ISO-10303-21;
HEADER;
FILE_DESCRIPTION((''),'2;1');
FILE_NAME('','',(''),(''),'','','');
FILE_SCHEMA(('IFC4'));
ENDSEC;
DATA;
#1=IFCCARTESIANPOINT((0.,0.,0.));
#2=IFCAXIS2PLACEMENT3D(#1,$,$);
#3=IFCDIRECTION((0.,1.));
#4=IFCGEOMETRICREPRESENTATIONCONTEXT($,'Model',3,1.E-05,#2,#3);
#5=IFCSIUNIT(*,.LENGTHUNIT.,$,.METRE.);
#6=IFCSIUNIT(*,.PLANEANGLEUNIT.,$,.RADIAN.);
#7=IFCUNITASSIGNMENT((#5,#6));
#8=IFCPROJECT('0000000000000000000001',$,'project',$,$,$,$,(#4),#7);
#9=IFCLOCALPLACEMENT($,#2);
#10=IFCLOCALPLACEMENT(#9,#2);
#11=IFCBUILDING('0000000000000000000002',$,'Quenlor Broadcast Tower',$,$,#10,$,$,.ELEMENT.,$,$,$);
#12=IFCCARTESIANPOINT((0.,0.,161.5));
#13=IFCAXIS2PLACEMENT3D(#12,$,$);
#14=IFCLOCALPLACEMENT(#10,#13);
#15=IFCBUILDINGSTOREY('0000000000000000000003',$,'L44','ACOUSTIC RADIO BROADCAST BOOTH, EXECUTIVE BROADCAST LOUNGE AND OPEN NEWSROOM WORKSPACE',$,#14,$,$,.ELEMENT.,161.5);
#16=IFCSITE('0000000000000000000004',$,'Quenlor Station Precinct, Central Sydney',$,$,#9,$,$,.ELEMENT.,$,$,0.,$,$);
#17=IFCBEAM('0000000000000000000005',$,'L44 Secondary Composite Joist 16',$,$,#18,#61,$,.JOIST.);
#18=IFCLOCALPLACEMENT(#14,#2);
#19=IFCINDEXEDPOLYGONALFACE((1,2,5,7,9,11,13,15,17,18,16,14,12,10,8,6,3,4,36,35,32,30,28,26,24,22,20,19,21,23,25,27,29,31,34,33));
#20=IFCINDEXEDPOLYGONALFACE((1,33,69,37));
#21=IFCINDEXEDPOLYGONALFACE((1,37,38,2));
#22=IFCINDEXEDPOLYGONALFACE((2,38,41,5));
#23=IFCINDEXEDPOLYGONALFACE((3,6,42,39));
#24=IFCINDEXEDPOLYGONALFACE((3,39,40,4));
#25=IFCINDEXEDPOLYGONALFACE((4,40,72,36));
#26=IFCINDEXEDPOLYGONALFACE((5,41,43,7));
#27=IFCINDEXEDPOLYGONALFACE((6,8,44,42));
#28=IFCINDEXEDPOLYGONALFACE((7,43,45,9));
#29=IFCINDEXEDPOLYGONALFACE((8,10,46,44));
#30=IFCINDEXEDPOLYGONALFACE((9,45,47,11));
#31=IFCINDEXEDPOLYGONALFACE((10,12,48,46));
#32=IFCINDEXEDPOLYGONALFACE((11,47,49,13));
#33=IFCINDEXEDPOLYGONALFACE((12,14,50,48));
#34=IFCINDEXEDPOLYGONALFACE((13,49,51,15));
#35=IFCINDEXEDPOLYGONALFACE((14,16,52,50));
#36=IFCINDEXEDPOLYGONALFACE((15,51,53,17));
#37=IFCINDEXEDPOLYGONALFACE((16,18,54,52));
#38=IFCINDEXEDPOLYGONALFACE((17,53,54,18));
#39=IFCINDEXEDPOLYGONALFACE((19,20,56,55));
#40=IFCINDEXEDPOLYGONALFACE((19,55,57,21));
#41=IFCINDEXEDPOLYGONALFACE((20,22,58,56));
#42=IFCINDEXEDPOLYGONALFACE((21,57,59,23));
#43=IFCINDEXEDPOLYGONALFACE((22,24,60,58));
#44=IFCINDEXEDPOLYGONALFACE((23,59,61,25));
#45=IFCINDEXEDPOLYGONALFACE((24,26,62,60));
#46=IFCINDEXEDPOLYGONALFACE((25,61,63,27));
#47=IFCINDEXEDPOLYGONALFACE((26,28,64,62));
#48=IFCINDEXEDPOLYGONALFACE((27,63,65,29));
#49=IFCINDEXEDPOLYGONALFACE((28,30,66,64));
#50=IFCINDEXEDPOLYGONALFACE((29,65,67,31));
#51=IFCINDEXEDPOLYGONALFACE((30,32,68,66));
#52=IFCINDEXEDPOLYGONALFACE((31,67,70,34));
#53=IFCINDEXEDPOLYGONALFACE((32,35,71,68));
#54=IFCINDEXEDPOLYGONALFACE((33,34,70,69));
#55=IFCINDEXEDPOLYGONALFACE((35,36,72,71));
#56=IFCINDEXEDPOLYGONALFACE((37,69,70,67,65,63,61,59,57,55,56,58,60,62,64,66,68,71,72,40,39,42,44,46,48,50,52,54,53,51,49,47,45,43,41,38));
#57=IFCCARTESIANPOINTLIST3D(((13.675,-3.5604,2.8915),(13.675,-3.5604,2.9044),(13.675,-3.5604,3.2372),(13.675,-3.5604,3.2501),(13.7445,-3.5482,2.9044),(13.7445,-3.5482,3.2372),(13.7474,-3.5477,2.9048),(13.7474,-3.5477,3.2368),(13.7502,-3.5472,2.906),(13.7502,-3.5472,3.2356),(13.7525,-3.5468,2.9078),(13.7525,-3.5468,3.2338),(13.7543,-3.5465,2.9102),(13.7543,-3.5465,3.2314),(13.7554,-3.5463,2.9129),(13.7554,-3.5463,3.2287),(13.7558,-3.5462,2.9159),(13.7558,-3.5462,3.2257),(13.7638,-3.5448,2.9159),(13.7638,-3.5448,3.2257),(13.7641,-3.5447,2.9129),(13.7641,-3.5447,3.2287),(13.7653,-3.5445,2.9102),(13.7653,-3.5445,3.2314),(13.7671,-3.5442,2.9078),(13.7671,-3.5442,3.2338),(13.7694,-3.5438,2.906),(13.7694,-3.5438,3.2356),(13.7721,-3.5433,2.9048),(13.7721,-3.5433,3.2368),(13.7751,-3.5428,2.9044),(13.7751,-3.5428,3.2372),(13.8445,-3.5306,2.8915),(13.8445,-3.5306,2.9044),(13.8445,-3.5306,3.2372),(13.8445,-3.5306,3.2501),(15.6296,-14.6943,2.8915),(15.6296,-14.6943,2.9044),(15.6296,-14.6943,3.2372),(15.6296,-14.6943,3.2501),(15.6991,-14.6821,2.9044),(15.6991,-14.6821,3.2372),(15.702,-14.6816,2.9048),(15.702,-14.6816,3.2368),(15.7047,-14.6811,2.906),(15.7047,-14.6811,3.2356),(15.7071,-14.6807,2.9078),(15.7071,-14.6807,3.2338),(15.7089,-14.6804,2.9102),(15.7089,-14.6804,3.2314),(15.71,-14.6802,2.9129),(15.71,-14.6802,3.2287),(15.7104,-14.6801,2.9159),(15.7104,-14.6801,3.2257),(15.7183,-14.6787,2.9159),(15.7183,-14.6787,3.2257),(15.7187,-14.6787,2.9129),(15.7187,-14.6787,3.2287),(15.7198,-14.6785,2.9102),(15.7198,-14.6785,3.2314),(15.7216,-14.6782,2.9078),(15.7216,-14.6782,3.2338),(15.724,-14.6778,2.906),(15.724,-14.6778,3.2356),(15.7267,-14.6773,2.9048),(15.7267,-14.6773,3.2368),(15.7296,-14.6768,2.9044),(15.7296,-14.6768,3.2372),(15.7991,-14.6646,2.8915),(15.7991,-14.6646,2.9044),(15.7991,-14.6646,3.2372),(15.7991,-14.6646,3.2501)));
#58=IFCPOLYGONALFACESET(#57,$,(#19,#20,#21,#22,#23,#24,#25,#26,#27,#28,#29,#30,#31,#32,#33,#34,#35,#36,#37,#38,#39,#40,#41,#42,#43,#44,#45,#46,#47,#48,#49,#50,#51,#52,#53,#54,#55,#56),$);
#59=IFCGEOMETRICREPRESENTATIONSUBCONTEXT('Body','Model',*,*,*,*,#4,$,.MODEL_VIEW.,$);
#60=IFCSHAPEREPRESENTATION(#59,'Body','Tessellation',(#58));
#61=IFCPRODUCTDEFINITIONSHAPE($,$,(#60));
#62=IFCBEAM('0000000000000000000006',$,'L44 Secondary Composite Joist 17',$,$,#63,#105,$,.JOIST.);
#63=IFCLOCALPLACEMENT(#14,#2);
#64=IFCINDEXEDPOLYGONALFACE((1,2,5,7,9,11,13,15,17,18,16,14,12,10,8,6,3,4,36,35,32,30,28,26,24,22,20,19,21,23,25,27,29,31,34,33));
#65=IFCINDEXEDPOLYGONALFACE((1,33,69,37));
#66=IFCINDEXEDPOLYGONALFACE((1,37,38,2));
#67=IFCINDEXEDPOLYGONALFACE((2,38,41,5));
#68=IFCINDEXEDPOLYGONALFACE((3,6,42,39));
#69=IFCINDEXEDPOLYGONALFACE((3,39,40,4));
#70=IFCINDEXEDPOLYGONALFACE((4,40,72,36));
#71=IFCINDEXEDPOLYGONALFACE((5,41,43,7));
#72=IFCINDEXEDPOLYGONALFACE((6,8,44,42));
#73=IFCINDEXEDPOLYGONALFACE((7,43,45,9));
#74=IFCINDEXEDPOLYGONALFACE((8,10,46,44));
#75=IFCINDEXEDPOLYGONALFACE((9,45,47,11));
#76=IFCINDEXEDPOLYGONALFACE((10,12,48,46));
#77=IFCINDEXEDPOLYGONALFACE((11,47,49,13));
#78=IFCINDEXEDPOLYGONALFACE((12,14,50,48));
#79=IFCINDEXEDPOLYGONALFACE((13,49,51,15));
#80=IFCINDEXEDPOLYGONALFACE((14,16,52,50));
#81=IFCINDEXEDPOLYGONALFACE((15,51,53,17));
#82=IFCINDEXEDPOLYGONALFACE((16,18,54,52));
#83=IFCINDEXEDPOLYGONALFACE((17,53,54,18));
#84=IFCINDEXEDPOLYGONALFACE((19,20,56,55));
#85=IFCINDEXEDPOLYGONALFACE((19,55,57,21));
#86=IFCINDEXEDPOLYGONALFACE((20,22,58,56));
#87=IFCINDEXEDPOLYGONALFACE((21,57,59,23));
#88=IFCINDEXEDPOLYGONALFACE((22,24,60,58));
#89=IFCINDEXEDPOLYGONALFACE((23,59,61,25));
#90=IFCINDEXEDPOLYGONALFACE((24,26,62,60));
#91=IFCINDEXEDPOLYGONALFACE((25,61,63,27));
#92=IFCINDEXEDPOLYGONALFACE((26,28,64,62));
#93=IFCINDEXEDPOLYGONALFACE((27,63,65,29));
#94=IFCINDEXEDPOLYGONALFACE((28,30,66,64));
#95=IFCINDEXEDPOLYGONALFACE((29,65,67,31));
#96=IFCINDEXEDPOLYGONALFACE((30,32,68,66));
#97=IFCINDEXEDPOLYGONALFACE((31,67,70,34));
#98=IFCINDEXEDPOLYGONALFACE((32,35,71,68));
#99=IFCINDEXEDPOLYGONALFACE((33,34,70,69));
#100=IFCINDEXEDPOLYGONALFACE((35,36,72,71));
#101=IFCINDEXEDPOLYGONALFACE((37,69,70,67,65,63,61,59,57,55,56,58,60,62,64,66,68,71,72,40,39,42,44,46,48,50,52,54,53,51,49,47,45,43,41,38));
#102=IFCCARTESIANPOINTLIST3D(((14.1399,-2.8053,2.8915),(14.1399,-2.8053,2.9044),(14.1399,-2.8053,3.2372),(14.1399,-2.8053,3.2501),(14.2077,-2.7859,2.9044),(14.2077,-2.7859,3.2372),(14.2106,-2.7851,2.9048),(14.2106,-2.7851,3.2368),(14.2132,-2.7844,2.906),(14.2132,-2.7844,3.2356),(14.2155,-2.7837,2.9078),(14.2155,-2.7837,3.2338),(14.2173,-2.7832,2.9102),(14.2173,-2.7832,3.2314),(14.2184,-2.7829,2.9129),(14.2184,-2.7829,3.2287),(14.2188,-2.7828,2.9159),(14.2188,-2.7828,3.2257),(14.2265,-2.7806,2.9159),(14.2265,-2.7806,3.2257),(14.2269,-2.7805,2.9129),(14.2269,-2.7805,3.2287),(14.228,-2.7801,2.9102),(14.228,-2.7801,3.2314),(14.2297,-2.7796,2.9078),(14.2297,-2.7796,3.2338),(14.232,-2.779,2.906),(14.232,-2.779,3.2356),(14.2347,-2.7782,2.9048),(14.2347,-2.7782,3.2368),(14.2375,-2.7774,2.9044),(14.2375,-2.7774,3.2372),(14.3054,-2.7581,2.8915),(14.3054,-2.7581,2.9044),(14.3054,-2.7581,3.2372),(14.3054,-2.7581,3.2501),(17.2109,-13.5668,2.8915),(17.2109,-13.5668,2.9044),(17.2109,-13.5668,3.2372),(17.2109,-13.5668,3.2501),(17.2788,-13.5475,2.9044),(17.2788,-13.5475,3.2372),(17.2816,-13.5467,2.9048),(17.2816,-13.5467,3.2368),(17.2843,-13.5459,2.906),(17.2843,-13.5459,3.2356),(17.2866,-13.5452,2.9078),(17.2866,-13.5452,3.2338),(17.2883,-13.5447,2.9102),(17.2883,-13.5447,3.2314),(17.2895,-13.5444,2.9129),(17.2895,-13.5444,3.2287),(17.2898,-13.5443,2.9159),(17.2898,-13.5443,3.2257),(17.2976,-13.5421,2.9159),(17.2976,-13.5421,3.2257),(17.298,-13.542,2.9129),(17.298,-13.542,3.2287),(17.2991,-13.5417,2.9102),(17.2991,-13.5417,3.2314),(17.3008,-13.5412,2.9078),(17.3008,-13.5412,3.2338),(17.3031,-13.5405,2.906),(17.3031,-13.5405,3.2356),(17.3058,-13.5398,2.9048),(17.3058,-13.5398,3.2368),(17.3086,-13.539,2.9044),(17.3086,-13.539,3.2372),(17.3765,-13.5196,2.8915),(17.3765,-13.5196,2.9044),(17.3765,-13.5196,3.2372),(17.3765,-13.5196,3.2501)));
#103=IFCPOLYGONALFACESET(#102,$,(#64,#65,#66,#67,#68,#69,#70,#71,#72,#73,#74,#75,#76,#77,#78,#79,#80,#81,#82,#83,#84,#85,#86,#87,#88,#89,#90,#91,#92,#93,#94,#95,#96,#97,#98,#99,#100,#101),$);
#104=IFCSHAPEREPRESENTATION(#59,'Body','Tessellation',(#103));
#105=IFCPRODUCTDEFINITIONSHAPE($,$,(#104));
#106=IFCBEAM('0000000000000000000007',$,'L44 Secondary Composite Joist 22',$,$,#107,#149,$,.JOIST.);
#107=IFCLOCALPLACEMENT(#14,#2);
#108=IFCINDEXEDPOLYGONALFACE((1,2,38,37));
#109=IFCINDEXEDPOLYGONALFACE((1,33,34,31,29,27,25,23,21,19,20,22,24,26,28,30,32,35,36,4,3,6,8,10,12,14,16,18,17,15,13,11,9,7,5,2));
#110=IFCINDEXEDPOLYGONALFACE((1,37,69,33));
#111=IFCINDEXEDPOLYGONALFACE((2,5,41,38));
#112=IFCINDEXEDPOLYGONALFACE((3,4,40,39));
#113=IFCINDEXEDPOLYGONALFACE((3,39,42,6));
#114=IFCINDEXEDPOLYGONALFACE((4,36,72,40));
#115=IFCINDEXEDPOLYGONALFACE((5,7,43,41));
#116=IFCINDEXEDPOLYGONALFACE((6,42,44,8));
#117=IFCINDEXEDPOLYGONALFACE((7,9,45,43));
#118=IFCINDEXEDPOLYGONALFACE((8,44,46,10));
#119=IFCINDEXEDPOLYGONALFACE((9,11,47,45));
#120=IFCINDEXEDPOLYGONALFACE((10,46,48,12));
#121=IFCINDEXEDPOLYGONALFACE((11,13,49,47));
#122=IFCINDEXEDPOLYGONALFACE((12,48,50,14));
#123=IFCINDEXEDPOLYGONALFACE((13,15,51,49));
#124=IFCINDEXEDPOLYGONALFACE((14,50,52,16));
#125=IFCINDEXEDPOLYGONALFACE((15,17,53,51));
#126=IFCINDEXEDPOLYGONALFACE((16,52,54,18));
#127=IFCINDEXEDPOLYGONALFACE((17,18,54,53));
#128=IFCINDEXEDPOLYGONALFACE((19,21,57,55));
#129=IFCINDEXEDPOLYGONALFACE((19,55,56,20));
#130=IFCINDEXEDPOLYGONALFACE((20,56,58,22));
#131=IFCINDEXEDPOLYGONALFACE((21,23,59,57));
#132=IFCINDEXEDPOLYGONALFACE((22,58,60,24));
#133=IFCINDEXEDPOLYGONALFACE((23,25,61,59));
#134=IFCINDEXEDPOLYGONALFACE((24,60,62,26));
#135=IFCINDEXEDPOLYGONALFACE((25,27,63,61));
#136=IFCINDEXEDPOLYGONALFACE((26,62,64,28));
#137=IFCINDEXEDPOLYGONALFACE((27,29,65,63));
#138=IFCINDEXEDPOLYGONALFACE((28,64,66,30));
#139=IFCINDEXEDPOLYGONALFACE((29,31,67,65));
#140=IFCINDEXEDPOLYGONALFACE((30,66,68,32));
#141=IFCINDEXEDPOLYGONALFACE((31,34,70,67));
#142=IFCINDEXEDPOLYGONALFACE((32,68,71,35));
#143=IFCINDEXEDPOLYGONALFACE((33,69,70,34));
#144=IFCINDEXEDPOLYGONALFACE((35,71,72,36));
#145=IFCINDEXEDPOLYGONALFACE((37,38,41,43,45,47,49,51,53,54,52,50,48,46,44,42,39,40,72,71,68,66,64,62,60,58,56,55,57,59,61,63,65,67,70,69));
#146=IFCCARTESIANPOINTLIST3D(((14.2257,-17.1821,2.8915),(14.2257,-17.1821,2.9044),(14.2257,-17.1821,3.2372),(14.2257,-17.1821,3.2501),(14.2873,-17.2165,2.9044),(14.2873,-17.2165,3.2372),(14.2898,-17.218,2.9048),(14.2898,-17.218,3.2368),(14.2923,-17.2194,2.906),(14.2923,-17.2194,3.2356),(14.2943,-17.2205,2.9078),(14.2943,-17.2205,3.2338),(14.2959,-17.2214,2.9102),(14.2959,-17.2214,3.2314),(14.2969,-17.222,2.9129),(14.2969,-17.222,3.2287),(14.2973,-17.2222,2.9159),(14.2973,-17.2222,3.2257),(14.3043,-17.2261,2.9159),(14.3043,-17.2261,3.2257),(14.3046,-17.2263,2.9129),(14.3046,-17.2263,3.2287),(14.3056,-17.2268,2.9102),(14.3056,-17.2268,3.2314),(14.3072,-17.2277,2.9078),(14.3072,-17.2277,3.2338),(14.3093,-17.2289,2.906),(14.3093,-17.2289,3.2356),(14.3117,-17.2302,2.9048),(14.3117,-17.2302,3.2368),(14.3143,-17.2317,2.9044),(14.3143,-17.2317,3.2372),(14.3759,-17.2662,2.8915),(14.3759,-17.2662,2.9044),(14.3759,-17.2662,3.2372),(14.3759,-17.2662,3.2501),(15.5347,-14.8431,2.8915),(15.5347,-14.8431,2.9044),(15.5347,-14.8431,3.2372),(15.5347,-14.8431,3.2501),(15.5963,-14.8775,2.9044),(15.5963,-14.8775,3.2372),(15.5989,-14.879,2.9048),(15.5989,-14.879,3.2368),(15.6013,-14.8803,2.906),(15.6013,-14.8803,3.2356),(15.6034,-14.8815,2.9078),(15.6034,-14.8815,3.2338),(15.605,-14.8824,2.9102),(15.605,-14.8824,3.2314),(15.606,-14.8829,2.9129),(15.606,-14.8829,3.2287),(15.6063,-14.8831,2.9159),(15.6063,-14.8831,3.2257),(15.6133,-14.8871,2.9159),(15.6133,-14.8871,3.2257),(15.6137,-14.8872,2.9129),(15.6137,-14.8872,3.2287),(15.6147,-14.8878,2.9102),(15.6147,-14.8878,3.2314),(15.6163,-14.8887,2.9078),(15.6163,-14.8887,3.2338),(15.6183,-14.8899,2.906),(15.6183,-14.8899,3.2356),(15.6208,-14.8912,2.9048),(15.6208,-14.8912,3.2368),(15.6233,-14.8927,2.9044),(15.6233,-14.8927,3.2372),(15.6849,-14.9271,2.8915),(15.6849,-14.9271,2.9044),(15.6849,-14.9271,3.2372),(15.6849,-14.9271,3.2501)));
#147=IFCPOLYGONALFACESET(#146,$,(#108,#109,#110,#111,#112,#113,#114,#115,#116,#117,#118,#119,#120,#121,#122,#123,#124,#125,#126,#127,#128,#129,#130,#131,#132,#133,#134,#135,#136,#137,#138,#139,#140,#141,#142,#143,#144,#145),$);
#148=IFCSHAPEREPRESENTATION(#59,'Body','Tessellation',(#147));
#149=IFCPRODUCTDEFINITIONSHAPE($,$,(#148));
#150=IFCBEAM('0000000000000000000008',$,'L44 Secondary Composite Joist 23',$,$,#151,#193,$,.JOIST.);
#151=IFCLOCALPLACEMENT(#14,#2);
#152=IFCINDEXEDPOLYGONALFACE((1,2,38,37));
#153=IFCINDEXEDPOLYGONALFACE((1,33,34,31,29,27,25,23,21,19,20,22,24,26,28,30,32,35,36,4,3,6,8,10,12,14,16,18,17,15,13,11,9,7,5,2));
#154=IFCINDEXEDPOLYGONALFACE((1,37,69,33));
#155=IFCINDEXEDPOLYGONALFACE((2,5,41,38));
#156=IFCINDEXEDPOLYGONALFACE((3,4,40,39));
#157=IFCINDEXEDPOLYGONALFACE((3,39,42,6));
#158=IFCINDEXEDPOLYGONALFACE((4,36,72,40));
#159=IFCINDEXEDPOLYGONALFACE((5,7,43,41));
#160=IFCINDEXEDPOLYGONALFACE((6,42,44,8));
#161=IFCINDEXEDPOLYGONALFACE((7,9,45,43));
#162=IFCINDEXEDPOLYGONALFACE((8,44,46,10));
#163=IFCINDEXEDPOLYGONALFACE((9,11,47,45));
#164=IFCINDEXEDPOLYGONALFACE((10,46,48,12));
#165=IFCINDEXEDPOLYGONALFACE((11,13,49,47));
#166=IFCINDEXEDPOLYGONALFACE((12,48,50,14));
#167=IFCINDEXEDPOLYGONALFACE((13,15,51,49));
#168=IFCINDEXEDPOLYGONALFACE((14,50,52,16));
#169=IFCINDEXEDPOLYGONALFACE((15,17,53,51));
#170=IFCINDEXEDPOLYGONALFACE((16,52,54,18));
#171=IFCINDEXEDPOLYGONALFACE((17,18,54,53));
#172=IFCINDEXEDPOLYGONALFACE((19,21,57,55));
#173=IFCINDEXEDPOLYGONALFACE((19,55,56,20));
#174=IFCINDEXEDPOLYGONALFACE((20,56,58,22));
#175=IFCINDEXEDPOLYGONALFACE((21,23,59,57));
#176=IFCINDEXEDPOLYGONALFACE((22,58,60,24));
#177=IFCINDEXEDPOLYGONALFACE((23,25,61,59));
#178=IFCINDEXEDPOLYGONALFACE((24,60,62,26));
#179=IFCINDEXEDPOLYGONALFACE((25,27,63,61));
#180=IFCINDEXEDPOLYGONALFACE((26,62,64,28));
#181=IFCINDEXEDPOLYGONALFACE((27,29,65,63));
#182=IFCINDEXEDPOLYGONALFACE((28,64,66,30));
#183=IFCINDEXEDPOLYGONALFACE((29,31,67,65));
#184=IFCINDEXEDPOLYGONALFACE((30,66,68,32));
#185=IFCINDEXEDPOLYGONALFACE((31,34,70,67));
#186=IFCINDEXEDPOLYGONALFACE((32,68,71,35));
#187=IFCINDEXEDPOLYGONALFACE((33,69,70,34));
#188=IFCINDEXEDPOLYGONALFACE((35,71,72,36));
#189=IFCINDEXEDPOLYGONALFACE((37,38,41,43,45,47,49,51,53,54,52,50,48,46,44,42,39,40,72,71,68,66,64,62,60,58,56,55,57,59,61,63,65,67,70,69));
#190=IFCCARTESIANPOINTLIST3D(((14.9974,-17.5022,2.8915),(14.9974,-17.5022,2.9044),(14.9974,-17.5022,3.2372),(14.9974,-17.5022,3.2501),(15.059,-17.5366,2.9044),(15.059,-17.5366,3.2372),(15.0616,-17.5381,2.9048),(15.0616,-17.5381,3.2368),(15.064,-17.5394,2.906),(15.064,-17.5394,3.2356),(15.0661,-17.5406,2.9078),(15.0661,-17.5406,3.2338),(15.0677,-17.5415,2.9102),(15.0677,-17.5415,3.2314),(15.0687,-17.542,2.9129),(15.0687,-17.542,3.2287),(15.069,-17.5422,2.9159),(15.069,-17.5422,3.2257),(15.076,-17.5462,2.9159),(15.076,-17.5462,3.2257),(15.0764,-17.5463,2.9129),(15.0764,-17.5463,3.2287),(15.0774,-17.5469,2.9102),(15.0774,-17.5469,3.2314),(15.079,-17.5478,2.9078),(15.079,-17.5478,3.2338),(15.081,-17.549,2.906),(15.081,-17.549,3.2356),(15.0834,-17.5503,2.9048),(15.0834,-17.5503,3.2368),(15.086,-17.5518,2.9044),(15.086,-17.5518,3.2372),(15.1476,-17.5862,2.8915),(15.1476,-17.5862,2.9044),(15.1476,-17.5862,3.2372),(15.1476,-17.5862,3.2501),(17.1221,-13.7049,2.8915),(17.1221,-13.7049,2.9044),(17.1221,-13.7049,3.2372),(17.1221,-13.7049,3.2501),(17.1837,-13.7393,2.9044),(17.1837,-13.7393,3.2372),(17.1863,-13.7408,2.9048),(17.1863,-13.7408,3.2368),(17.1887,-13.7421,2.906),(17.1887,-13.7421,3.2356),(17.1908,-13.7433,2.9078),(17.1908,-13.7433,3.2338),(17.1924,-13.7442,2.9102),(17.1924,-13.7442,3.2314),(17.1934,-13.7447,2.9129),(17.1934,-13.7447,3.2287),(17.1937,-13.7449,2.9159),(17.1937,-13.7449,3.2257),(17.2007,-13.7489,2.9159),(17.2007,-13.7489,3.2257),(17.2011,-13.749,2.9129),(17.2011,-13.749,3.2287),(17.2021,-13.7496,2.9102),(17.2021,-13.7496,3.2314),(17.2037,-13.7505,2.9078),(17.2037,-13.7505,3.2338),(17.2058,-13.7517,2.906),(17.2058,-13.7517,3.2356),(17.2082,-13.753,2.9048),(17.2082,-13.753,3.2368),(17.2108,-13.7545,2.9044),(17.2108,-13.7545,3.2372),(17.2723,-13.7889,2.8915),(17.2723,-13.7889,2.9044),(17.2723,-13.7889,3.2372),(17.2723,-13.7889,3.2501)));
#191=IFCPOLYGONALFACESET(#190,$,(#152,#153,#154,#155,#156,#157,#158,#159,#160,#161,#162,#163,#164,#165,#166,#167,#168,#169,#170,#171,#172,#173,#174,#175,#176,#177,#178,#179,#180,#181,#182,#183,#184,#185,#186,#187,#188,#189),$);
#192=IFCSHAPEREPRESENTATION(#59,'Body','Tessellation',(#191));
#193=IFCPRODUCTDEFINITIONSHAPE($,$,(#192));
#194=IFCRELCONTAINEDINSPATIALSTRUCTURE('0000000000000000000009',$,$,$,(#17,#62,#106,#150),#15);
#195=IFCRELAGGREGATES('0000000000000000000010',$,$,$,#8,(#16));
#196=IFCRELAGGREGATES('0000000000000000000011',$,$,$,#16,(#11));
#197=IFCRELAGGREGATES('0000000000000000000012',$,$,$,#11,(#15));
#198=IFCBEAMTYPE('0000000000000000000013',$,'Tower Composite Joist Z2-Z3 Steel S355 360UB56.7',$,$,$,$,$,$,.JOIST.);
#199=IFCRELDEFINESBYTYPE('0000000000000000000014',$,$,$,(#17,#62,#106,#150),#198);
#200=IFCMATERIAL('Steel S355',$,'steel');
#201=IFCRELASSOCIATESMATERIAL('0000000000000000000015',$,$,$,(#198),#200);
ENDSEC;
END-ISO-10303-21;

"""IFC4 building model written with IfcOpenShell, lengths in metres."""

from ifc_helpers import new_model, si_unit, direction, frame, origin, origin_2d, place, context, subcontext, project, spatial, i_section, extrude, material, material_profile, profile_set, type_object, element, save


model = new_model("IFC4")

# Units and contexts
model_context = context("Model", 3, precision=1e-05, world=origin(), true_north=direction((0.0, 1.0)))
body_context = subcontext(model_context, "Body", "Model", "MODEL_VIEW")
ifc_project = project(units=[si_unit("LENGTHUNIT", "METRE"), si_unit("PLANEANGLEUNIT", "RADIAN")], contexts=[model_context])

# Site, building, storey
site_placement = place(None, origin())
site = spatial("IfcSite", under=ifc_project, at=site_placement, Name="Quenlor Station Precinct, Central Sydney", CompositionType="ELEMENT", RefElevation=0.0)
building_placement = place(site_placement, origin())
building = spatial("IfcBuilding", under=site, at=building_placement, Name="Quenlor Broadcast Tower", CompositionType="ELEMENT")
storey_placement = place(building_placement, frame((0.0, 0.0, 161.5)))
storey = spatial("IfcBuildingStorey", under=building, at=storey_placement, Name="L44", Description="ACOUSTIC RADIO BROADCAST BOOTH, EXECUTIVE BROADCAST LOUNGE AND OPEN NEWSROOM WORKSPACE", CompositionType="ELEMENT", Elevation=161.5)

# Beams
ifc_material_1 = material(Name="Steel S355", Category="steel")
ifc_material_profile_1 = material_profile(ifc_material_1, i_section(OverallWidth=0.1721, OverallDepth=0.3586, WebThickness=0.0081, FlangeThickness=0.0129, FilletRadius=0.0115, at=origin_2d()))
ifc_profile_set_1 = profile_set([ifc_material_profile_1], Name="Steel S355 360UB56.7")
beam_type_1 = type_object("IfcBeamType", Name="Tower Composite Joist Z2-Z3 Steel S355 360UB56.7", PredefinedType="JOIST", material=ifc_profile_set_1)
beam_1_placement = place(storey_placement, frame((15.7144, -14.6794, 3.0708), z_axis=(-0.172907, 0.984938, 0.0), x_axis=(-0.984938, -0.172907, 0.0)))
element("IfcBeam", 1, at=beam_1_placement, inside=storey, type_object=beam_type_1, Name="L44 Secondary Composite Joist 16", PredefinedType="JOIST", context=body_context, shape_type="SweptSolid", body=[
    extrude(i_section(OverallWidth=0.1721, OverallDepth=0.3586, WebThickness=0.0081, FlangeThickness=0.0129, FilletRadius=0.0115, at=origin_2d()), origin(), (0.0, 0.0, 1.0), 11.3042),
])
beam_2_placement = place(storey_placement, frame((17.2937, -13.5432, 3.0708), z_axis=(-0.274419, 0.96161, 0.0), x_axis=(-0.96161, -0.274419, 0.0)))
element("IfcBeam", 2, at=beam_2_placement, inside=storey, type_object=beam_type_1, Name="L44 Secondary Composite Joist 17", PredefinedType="JOIST", context=body_context, shape_type="SweptSolid", body=[
    extrude(i_section(OverallWidth=0.1721, OverallDepth=0.3586, WebThickness=0.0081, FlangeThickness=0.0129, FilletRadius=0.0115, at=origin_2d()), origin(), (0.0, 0.0, 1.0), 11.1912),
])
beam_3_placement = place(storey_placement, frame((14.3008, -17.2241, 3.0708), z_axis=(0.48837, 0.872636, 0.0), x_axis=(-0.872636, 0.48837, 0.0)))
element("IfcBeam", 3, at=beam_3_placement, inside=storey, type_object=beam_type_1, Name="L44 Secondary Composite Joist 22", PredefinedType="JOIST", context=body_context, shape_type="SweptSolid", body=[
    extrude(i_section(OverallWidth=0.1721, OverallDepth=0.3586, WebThickness=0.0081, FlangeThickness=0.0129, FilletRadius=0.0115, at=origin_2d()), origin(), (0.0, 0.0, 1.0), 2.6804),
])
beam_4_placement = place(storey_placement, frame((15.0725, -17.5442, 3.0708), z_axis=(0.488294, 0.872679, 0.0), x_axis=(-0.872679, 0.488294, 0.0)))
element("IfcBeam", 4, at=beam_4_placement, inside=storey, type_object=beam_type_1, Name="L44 Secondary Composite Joist 23", PredefinedType="JOIST", context=body_context, shape_type="SweptSolid", body=[
    extrude(i_section(OverallWidth=0.1721, OverallDepth=0.3586, WebThickness=0.0081, FlangeThickness=0.0129, FilletRadius=0.0115, at=origin_2d()), origin(), (0.0, 0.0, 1.0), 4.3513),
])

save(model, "model.ifc")
